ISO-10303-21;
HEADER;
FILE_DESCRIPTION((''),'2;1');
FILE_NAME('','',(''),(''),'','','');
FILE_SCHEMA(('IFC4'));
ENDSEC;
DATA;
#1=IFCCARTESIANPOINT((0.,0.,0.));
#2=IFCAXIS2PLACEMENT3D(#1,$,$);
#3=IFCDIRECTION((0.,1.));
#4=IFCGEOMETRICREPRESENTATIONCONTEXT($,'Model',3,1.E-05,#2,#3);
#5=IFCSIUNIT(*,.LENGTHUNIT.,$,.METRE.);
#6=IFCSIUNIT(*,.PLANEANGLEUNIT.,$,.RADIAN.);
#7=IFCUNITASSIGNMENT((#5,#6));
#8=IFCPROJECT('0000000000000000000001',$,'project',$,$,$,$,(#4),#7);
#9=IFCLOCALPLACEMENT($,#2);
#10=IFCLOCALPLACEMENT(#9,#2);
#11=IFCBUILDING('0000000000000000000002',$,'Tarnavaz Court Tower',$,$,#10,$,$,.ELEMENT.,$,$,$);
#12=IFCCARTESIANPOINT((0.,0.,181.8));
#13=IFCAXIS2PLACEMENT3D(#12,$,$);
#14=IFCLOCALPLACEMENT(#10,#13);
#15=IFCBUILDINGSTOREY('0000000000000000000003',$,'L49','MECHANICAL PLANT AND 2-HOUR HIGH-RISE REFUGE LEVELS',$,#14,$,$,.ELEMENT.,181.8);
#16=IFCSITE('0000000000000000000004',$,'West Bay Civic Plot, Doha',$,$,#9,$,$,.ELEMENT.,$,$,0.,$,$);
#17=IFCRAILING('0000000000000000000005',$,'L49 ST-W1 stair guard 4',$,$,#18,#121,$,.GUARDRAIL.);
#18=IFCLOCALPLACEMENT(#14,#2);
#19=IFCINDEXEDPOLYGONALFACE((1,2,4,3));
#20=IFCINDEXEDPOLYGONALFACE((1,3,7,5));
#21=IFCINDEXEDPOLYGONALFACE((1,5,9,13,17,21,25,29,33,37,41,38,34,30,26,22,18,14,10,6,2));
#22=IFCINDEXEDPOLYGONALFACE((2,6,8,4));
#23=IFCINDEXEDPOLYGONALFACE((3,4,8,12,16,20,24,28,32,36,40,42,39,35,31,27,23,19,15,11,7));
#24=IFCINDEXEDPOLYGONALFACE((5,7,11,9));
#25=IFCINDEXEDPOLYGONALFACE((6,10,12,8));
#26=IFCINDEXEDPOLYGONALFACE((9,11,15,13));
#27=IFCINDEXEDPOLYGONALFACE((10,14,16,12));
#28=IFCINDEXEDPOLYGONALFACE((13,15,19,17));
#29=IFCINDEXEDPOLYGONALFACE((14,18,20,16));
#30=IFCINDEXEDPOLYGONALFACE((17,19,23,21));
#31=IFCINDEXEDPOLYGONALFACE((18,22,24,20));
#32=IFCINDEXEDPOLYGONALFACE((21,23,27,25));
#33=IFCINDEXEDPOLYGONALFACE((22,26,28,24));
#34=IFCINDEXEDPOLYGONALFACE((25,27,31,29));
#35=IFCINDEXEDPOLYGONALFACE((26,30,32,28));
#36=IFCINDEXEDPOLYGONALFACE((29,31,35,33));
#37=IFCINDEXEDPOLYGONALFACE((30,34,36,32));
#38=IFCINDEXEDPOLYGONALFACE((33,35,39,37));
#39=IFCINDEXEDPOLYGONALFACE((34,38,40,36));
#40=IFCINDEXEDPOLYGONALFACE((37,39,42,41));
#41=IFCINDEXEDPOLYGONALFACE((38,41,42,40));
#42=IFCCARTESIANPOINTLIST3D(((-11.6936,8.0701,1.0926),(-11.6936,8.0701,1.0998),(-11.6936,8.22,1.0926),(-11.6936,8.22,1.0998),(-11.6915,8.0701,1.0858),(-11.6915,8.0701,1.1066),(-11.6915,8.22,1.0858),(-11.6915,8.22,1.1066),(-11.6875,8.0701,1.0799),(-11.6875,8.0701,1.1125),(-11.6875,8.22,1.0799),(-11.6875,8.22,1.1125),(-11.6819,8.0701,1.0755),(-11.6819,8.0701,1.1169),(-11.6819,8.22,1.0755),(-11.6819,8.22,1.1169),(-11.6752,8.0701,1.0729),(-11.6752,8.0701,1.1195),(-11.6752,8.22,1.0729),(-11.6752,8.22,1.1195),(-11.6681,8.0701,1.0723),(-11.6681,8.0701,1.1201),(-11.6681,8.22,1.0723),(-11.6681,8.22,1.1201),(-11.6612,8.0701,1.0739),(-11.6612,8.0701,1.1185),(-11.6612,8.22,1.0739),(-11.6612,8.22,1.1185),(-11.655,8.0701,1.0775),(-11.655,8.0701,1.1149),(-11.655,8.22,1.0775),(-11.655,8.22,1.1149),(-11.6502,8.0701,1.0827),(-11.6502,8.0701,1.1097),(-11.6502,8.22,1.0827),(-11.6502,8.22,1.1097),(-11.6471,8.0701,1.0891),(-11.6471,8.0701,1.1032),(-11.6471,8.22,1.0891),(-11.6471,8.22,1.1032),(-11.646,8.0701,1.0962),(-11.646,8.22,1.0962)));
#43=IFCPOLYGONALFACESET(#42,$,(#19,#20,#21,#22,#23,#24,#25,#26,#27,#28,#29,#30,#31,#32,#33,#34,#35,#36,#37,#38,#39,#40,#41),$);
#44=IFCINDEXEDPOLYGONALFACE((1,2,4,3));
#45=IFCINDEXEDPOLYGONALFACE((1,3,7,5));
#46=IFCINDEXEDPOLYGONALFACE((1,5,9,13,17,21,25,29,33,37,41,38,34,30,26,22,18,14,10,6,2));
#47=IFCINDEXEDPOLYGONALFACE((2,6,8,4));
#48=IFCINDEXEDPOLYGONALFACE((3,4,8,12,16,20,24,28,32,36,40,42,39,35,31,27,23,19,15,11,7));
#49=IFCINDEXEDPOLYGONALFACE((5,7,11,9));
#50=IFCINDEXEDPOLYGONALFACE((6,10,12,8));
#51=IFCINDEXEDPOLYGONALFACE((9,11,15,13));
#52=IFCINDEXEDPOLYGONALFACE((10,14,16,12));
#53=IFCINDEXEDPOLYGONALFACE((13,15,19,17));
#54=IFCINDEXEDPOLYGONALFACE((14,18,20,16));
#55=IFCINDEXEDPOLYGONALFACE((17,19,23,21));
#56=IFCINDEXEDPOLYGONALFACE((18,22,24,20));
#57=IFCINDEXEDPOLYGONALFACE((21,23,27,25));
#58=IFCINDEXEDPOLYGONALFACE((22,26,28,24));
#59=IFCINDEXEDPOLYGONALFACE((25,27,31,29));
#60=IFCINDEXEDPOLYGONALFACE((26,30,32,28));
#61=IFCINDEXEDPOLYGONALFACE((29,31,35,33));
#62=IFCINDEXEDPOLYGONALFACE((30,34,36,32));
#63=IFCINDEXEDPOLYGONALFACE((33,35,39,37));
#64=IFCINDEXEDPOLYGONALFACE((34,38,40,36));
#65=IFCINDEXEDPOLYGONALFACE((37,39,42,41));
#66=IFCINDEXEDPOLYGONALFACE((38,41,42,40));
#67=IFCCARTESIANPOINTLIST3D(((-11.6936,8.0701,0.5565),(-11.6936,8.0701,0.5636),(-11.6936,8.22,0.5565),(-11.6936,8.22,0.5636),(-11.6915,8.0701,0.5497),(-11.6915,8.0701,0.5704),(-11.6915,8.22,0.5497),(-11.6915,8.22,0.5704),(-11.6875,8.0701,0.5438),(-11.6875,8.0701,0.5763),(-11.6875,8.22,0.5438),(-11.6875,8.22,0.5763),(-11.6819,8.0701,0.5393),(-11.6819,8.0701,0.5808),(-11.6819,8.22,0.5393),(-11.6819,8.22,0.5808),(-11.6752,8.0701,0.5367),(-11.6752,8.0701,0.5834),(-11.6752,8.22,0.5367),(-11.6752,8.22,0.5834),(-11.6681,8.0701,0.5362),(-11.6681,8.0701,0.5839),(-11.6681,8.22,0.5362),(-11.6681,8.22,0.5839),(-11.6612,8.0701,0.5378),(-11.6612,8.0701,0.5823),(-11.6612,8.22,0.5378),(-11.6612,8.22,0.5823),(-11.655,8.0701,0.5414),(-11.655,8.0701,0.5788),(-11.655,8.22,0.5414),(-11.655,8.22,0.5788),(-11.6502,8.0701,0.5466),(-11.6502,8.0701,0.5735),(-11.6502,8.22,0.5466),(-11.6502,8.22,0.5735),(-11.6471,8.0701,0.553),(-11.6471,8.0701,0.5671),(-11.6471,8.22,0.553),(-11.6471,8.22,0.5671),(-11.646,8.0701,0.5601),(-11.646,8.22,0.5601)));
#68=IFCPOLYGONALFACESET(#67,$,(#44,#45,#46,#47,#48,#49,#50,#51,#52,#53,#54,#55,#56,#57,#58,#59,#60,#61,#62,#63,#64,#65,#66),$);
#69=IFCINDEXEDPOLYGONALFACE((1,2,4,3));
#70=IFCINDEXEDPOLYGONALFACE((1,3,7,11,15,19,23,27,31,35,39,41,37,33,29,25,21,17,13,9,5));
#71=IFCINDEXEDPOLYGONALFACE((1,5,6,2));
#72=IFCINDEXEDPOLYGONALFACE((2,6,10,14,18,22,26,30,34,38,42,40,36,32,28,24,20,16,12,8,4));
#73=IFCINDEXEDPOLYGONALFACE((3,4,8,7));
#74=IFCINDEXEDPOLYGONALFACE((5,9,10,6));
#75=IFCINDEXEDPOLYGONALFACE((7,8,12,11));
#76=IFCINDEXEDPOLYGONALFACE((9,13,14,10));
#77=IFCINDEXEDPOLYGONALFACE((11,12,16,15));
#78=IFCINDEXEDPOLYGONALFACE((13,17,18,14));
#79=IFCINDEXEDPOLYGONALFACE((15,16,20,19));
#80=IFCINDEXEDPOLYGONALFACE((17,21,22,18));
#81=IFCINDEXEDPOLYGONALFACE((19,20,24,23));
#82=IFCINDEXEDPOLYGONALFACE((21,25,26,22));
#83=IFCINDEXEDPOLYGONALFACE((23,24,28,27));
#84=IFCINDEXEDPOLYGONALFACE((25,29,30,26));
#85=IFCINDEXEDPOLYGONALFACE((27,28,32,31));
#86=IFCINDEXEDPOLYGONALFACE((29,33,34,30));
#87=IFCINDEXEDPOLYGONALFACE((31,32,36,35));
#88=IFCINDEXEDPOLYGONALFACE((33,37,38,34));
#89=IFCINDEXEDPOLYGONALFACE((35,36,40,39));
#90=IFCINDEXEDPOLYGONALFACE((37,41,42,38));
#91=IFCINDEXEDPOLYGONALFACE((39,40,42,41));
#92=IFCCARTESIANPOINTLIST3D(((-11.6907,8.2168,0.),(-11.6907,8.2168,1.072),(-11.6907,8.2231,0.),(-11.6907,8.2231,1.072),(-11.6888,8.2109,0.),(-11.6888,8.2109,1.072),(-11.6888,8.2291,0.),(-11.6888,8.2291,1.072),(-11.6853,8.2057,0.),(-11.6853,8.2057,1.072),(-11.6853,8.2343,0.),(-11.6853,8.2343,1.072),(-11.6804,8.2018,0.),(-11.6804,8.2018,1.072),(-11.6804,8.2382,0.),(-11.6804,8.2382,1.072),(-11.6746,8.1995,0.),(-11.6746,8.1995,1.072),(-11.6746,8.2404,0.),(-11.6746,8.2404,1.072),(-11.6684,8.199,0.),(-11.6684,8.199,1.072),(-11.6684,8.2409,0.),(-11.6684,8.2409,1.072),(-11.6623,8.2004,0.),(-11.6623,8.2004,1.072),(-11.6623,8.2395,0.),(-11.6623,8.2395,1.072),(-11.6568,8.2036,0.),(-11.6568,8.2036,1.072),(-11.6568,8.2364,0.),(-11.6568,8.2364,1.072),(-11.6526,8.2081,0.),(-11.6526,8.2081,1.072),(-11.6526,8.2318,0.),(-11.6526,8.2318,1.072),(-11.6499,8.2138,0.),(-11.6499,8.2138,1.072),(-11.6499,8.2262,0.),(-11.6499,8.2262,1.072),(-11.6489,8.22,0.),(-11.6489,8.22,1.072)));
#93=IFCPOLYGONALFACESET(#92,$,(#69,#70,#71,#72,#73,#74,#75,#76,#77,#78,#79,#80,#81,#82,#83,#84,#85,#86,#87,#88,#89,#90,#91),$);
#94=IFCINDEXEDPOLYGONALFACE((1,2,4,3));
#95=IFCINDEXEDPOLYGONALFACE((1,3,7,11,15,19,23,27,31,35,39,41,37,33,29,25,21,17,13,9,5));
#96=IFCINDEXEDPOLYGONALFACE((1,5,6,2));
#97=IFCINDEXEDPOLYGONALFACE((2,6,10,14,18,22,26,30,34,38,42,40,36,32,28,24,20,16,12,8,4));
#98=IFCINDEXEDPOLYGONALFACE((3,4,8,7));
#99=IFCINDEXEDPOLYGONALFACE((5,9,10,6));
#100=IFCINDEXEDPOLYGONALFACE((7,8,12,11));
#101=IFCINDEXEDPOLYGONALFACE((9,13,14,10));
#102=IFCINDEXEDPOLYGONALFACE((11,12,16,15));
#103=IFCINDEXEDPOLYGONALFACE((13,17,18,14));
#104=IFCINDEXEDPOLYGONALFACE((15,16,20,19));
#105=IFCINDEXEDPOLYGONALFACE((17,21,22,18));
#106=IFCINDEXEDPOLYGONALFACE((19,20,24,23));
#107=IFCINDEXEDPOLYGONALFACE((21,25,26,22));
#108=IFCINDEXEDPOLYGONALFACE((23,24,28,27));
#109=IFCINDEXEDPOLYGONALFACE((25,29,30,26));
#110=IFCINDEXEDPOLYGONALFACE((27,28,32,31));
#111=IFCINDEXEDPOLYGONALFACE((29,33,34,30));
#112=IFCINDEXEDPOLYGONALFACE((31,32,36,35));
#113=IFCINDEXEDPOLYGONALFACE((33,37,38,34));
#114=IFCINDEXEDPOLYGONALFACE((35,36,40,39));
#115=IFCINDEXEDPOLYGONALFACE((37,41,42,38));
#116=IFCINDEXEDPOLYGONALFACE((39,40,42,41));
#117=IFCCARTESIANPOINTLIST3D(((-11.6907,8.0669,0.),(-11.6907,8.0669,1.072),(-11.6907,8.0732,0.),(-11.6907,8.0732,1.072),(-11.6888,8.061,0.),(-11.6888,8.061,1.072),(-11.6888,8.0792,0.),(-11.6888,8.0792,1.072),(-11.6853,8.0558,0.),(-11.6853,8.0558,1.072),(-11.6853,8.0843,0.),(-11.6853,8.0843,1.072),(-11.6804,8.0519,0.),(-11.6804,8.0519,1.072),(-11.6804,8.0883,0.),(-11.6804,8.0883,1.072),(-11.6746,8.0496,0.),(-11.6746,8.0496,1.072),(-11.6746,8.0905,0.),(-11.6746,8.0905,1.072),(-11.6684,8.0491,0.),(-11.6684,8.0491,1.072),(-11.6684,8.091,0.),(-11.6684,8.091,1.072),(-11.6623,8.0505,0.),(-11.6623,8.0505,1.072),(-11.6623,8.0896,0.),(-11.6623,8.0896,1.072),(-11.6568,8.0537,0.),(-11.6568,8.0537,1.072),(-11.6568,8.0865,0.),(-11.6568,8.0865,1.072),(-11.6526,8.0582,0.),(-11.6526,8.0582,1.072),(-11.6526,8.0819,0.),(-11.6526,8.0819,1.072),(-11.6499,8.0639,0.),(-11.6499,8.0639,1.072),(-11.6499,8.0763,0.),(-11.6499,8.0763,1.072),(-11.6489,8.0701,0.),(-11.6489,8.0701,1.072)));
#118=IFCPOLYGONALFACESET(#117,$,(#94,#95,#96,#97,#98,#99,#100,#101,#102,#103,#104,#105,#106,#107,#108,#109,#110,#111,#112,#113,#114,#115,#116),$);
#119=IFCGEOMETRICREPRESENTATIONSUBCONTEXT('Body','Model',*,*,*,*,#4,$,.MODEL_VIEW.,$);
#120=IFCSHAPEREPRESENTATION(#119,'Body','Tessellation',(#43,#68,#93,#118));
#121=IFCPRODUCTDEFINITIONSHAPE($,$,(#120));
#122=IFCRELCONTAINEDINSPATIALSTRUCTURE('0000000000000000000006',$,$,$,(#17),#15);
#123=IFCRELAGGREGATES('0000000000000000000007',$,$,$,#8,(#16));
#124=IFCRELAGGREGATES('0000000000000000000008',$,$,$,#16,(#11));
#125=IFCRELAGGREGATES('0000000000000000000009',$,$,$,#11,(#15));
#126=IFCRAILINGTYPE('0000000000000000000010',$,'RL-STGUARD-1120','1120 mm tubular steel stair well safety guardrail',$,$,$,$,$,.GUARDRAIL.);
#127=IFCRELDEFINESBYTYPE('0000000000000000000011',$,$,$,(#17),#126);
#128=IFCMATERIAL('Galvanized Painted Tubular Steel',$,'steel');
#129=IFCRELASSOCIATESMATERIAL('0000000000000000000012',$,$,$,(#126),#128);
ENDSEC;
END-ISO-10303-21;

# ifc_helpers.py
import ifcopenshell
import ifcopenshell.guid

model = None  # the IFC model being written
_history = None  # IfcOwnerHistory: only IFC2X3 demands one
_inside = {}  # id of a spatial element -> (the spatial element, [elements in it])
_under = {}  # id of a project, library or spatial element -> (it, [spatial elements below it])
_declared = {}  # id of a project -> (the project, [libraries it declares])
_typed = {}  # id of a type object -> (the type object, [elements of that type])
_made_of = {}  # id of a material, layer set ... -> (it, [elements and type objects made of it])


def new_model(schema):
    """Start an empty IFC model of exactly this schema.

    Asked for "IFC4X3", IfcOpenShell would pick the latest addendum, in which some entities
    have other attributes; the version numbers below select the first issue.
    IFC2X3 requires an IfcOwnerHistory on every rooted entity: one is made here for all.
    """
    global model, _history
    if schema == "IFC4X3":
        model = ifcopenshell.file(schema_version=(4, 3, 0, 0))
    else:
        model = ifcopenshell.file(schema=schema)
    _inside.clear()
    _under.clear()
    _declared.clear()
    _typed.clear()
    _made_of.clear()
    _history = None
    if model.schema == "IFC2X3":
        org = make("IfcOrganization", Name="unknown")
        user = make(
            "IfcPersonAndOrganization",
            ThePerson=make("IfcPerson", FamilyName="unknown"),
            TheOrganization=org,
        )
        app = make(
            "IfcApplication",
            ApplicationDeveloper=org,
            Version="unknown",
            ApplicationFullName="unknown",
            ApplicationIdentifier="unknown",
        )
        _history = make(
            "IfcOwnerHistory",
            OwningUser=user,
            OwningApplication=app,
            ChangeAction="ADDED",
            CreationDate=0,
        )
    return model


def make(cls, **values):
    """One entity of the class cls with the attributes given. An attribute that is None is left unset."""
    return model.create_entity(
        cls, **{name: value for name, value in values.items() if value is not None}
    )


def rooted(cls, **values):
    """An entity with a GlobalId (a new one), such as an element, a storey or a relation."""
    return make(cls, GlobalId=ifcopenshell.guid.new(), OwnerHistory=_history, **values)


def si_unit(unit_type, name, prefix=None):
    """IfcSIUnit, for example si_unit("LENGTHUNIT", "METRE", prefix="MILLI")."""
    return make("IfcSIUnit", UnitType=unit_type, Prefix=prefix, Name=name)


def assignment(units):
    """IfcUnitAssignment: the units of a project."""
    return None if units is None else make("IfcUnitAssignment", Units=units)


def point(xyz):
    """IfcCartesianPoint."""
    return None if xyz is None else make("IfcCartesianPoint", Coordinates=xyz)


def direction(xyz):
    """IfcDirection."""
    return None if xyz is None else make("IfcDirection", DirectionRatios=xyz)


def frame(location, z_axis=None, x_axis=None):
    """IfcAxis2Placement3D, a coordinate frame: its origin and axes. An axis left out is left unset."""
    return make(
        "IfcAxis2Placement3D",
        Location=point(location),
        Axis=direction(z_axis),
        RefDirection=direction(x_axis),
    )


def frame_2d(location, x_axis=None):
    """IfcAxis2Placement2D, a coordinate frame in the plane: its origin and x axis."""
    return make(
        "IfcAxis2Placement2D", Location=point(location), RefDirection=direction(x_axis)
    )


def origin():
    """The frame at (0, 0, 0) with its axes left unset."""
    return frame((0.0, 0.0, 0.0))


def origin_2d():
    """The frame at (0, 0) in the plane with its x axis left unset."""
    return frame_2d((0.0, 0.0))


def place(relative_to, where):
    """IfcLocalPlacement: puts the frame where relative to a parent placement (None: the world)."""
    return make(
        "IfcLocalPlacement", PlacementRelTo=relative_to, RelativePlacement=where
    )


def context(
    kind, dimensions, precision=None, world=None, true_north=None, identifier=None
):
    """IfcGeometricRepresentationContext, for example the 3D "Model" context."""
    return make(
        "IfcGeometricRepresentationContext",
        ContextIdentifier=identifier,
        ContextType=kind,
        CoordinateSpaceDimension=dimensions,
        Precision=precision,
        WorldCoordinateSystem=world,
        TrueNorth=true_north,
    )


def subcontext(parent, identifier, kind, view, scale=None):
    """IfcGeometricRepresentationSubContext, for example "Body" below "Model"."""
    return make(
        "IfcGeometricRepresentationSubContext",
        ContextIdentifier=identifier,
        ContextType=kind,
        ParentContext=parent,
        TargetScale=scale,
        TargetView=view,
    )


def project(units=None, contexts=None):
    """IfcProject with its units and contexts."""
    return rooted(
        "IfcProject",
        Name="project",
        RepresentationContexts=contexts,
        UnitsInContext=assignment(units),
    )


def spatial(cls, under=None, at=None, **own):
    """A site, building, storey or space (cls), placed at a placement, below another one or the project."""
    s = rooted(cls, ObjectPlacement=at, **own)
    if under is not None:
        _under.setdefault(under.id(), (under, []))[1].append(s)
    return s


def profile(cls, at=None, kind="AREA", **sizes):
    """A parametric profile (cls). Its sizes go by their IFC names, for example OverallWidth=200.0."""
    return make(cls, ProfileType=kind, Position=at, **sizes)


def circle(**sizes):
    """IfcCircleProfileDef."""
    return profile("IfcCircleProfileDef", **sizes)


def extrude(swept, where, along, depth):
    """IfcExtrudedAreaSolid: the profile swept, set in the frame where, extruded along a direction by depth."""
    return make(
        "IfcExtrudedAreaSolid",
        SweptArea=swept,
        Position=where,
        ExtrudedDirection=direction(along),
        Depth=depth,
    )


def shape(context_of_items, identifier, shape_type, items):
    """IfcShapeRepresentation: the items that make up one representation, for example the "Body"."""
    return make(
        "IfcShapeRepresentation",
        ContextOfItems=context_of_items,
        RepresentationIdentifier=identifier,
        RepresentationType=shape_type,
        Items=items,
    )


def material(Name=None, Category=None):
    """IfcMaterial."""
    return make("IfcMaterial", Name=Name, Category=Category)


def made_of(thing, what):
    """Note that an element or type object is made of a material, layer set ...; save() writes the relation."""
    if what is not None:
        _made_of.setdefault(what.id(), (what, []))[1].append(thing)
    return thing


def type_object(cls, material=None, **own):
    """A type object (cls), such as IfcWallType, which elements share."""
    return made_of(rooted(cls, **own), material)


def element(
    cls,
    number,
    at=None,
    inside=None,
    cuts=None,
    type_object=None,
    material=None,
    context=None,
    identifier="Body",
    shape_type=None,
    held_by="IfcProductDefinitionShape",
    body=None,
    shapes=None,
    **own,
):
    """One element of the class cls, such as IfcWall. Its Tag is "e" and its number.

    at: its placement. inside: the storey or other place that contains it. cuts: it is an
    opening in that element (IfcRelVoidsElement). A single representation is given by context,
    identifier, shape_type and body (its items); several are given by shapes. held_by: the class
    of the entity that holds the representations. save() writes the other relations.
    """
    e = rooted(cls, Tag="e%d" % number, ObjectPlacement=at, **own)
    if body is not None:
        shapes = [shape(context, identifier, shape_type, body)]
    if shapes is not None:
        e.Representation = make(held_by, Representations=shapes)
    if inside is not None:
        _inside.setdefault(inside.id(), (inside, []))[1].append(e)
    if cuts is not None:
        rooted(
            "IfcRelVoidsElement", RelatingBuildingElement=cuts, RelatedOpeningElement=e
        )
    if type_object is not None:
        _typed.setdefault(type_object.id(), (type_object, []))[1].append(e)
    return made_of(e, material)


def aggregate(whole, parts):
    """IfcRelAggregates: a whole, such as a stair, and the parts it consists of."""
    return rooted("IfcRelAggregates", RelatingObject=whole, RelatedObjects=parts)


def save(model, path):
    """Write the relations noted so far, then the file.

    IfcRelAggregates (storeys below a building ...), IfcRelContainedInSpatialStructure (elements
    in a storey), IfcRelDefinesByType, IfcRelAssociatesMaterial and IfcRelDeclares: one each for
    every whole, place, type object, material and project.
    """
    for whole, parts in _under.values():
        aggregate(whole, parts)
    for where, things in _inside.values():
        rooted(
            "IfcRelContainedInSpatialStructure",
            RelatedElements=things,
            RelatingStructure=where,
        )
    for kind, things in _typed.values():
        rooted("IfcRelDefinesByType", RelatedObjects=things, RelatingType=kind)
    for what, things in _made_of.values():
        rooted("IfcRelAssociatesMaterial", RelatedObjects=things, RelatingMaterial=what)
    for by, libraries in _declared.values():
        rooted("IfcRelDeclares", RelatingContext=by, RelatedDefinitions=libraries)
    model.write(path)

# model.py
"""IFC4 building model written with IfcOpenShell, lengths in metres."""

from ifc_helpers import new_model, si_unit, direction, frame, origin, origin_2d, place, context, subcontext, project, spatial, circle, extrude, material, type_object, element, save


model = new_model("IFC4")

# Units and contexts
model_context = context("Model", 3, precision=1e-05, world=origin(), true_north=direction((0.0, 1.0)))
body_context = subcontext(model_context, "Body", "Model", "MODEL_VIEW")
ifc_project = project(units=[si_unit("LENGTHUNIT", "METRE"), si_unit("PLANEANGLEUNIT", "RADIAN")], contexts=[model_context])

# Site, building, storey
site_placement = place(None, origin())
site = spatial("IfcSite", under=ifc_project, at=site_placement, Name="West Bay Civic Plot, Doha", CompositionType="ELEMENT", RefElevation=0.0)
building_placement = place(site_placement, origin())
building = spatial("IfcBuilding", under=site, at=building_placement, Name="Tarnavaz Court Tower", CompositionType="ELEMENT")
storey_placement = place(building_placement, frame((0.0, 0.0, 181.8)))
storey = spatial("IfcBuildingStorey", under=building, at=storey_placement, Name="L49", Description="MECHANICAL PLANT AND 2-HOUR HIGH-RISE REFUGE LEVELS", CompositionType="ELEMENT", Elevation=181.8)

# Railing
ifc_material_1 = material(Name="Galvanized Painted Tubular Steel", Category="steel")
railing_type_1 = type_object("IfcRailingType", Name="RL-STGUARD-1120", Description="1120 mm tubular steel stair well safety guardrail", PredefinedType="GUARDRAIL", material=ifc_material_1)
railing_1_placement = place(storey_placement, frame((-11.6699, 8.22, 0.0)))
element("IfcRailing", 1, at=railing_1_placement, inside=storey, type_object=railing_type_1, Name="L49 ST-W1 stair guard 4", PredefinedType="GUARDRAIL", context=body_context, shape_type="SweptSolid", body=[
    extrude(circle(Radius=0.0239, at=origin_2d()), frame((0.0, 0.0, 1.0962), z_axis=(0.0, -1.0, 0.0), x_axis=(1.0, 0.0, 0.0)), (0.0, 0.0, 1.0), 0.1499),
    extrude(circle(Radius=0.0239, at=origin_2d()), frame((0.0, 0.0, 0.5601), z_axis=(0.0, -1.0, 0.0), x_axis=(1.0, 0.0, 0.0)), (0.0, 0.0, 1.0), 0.1499),
    extrude(circle(Radius=0.021, at=origin_2d()), origin(), (0.0, 0.0, 1.0), 1.072),
    extrude(circle(Radius=0.021, at=origin_2d()), frame((0.0, -0.1499, 0.0)), (0.0, 0.0, 1.0), 1.072),
])

save(model, "model.ifc")
